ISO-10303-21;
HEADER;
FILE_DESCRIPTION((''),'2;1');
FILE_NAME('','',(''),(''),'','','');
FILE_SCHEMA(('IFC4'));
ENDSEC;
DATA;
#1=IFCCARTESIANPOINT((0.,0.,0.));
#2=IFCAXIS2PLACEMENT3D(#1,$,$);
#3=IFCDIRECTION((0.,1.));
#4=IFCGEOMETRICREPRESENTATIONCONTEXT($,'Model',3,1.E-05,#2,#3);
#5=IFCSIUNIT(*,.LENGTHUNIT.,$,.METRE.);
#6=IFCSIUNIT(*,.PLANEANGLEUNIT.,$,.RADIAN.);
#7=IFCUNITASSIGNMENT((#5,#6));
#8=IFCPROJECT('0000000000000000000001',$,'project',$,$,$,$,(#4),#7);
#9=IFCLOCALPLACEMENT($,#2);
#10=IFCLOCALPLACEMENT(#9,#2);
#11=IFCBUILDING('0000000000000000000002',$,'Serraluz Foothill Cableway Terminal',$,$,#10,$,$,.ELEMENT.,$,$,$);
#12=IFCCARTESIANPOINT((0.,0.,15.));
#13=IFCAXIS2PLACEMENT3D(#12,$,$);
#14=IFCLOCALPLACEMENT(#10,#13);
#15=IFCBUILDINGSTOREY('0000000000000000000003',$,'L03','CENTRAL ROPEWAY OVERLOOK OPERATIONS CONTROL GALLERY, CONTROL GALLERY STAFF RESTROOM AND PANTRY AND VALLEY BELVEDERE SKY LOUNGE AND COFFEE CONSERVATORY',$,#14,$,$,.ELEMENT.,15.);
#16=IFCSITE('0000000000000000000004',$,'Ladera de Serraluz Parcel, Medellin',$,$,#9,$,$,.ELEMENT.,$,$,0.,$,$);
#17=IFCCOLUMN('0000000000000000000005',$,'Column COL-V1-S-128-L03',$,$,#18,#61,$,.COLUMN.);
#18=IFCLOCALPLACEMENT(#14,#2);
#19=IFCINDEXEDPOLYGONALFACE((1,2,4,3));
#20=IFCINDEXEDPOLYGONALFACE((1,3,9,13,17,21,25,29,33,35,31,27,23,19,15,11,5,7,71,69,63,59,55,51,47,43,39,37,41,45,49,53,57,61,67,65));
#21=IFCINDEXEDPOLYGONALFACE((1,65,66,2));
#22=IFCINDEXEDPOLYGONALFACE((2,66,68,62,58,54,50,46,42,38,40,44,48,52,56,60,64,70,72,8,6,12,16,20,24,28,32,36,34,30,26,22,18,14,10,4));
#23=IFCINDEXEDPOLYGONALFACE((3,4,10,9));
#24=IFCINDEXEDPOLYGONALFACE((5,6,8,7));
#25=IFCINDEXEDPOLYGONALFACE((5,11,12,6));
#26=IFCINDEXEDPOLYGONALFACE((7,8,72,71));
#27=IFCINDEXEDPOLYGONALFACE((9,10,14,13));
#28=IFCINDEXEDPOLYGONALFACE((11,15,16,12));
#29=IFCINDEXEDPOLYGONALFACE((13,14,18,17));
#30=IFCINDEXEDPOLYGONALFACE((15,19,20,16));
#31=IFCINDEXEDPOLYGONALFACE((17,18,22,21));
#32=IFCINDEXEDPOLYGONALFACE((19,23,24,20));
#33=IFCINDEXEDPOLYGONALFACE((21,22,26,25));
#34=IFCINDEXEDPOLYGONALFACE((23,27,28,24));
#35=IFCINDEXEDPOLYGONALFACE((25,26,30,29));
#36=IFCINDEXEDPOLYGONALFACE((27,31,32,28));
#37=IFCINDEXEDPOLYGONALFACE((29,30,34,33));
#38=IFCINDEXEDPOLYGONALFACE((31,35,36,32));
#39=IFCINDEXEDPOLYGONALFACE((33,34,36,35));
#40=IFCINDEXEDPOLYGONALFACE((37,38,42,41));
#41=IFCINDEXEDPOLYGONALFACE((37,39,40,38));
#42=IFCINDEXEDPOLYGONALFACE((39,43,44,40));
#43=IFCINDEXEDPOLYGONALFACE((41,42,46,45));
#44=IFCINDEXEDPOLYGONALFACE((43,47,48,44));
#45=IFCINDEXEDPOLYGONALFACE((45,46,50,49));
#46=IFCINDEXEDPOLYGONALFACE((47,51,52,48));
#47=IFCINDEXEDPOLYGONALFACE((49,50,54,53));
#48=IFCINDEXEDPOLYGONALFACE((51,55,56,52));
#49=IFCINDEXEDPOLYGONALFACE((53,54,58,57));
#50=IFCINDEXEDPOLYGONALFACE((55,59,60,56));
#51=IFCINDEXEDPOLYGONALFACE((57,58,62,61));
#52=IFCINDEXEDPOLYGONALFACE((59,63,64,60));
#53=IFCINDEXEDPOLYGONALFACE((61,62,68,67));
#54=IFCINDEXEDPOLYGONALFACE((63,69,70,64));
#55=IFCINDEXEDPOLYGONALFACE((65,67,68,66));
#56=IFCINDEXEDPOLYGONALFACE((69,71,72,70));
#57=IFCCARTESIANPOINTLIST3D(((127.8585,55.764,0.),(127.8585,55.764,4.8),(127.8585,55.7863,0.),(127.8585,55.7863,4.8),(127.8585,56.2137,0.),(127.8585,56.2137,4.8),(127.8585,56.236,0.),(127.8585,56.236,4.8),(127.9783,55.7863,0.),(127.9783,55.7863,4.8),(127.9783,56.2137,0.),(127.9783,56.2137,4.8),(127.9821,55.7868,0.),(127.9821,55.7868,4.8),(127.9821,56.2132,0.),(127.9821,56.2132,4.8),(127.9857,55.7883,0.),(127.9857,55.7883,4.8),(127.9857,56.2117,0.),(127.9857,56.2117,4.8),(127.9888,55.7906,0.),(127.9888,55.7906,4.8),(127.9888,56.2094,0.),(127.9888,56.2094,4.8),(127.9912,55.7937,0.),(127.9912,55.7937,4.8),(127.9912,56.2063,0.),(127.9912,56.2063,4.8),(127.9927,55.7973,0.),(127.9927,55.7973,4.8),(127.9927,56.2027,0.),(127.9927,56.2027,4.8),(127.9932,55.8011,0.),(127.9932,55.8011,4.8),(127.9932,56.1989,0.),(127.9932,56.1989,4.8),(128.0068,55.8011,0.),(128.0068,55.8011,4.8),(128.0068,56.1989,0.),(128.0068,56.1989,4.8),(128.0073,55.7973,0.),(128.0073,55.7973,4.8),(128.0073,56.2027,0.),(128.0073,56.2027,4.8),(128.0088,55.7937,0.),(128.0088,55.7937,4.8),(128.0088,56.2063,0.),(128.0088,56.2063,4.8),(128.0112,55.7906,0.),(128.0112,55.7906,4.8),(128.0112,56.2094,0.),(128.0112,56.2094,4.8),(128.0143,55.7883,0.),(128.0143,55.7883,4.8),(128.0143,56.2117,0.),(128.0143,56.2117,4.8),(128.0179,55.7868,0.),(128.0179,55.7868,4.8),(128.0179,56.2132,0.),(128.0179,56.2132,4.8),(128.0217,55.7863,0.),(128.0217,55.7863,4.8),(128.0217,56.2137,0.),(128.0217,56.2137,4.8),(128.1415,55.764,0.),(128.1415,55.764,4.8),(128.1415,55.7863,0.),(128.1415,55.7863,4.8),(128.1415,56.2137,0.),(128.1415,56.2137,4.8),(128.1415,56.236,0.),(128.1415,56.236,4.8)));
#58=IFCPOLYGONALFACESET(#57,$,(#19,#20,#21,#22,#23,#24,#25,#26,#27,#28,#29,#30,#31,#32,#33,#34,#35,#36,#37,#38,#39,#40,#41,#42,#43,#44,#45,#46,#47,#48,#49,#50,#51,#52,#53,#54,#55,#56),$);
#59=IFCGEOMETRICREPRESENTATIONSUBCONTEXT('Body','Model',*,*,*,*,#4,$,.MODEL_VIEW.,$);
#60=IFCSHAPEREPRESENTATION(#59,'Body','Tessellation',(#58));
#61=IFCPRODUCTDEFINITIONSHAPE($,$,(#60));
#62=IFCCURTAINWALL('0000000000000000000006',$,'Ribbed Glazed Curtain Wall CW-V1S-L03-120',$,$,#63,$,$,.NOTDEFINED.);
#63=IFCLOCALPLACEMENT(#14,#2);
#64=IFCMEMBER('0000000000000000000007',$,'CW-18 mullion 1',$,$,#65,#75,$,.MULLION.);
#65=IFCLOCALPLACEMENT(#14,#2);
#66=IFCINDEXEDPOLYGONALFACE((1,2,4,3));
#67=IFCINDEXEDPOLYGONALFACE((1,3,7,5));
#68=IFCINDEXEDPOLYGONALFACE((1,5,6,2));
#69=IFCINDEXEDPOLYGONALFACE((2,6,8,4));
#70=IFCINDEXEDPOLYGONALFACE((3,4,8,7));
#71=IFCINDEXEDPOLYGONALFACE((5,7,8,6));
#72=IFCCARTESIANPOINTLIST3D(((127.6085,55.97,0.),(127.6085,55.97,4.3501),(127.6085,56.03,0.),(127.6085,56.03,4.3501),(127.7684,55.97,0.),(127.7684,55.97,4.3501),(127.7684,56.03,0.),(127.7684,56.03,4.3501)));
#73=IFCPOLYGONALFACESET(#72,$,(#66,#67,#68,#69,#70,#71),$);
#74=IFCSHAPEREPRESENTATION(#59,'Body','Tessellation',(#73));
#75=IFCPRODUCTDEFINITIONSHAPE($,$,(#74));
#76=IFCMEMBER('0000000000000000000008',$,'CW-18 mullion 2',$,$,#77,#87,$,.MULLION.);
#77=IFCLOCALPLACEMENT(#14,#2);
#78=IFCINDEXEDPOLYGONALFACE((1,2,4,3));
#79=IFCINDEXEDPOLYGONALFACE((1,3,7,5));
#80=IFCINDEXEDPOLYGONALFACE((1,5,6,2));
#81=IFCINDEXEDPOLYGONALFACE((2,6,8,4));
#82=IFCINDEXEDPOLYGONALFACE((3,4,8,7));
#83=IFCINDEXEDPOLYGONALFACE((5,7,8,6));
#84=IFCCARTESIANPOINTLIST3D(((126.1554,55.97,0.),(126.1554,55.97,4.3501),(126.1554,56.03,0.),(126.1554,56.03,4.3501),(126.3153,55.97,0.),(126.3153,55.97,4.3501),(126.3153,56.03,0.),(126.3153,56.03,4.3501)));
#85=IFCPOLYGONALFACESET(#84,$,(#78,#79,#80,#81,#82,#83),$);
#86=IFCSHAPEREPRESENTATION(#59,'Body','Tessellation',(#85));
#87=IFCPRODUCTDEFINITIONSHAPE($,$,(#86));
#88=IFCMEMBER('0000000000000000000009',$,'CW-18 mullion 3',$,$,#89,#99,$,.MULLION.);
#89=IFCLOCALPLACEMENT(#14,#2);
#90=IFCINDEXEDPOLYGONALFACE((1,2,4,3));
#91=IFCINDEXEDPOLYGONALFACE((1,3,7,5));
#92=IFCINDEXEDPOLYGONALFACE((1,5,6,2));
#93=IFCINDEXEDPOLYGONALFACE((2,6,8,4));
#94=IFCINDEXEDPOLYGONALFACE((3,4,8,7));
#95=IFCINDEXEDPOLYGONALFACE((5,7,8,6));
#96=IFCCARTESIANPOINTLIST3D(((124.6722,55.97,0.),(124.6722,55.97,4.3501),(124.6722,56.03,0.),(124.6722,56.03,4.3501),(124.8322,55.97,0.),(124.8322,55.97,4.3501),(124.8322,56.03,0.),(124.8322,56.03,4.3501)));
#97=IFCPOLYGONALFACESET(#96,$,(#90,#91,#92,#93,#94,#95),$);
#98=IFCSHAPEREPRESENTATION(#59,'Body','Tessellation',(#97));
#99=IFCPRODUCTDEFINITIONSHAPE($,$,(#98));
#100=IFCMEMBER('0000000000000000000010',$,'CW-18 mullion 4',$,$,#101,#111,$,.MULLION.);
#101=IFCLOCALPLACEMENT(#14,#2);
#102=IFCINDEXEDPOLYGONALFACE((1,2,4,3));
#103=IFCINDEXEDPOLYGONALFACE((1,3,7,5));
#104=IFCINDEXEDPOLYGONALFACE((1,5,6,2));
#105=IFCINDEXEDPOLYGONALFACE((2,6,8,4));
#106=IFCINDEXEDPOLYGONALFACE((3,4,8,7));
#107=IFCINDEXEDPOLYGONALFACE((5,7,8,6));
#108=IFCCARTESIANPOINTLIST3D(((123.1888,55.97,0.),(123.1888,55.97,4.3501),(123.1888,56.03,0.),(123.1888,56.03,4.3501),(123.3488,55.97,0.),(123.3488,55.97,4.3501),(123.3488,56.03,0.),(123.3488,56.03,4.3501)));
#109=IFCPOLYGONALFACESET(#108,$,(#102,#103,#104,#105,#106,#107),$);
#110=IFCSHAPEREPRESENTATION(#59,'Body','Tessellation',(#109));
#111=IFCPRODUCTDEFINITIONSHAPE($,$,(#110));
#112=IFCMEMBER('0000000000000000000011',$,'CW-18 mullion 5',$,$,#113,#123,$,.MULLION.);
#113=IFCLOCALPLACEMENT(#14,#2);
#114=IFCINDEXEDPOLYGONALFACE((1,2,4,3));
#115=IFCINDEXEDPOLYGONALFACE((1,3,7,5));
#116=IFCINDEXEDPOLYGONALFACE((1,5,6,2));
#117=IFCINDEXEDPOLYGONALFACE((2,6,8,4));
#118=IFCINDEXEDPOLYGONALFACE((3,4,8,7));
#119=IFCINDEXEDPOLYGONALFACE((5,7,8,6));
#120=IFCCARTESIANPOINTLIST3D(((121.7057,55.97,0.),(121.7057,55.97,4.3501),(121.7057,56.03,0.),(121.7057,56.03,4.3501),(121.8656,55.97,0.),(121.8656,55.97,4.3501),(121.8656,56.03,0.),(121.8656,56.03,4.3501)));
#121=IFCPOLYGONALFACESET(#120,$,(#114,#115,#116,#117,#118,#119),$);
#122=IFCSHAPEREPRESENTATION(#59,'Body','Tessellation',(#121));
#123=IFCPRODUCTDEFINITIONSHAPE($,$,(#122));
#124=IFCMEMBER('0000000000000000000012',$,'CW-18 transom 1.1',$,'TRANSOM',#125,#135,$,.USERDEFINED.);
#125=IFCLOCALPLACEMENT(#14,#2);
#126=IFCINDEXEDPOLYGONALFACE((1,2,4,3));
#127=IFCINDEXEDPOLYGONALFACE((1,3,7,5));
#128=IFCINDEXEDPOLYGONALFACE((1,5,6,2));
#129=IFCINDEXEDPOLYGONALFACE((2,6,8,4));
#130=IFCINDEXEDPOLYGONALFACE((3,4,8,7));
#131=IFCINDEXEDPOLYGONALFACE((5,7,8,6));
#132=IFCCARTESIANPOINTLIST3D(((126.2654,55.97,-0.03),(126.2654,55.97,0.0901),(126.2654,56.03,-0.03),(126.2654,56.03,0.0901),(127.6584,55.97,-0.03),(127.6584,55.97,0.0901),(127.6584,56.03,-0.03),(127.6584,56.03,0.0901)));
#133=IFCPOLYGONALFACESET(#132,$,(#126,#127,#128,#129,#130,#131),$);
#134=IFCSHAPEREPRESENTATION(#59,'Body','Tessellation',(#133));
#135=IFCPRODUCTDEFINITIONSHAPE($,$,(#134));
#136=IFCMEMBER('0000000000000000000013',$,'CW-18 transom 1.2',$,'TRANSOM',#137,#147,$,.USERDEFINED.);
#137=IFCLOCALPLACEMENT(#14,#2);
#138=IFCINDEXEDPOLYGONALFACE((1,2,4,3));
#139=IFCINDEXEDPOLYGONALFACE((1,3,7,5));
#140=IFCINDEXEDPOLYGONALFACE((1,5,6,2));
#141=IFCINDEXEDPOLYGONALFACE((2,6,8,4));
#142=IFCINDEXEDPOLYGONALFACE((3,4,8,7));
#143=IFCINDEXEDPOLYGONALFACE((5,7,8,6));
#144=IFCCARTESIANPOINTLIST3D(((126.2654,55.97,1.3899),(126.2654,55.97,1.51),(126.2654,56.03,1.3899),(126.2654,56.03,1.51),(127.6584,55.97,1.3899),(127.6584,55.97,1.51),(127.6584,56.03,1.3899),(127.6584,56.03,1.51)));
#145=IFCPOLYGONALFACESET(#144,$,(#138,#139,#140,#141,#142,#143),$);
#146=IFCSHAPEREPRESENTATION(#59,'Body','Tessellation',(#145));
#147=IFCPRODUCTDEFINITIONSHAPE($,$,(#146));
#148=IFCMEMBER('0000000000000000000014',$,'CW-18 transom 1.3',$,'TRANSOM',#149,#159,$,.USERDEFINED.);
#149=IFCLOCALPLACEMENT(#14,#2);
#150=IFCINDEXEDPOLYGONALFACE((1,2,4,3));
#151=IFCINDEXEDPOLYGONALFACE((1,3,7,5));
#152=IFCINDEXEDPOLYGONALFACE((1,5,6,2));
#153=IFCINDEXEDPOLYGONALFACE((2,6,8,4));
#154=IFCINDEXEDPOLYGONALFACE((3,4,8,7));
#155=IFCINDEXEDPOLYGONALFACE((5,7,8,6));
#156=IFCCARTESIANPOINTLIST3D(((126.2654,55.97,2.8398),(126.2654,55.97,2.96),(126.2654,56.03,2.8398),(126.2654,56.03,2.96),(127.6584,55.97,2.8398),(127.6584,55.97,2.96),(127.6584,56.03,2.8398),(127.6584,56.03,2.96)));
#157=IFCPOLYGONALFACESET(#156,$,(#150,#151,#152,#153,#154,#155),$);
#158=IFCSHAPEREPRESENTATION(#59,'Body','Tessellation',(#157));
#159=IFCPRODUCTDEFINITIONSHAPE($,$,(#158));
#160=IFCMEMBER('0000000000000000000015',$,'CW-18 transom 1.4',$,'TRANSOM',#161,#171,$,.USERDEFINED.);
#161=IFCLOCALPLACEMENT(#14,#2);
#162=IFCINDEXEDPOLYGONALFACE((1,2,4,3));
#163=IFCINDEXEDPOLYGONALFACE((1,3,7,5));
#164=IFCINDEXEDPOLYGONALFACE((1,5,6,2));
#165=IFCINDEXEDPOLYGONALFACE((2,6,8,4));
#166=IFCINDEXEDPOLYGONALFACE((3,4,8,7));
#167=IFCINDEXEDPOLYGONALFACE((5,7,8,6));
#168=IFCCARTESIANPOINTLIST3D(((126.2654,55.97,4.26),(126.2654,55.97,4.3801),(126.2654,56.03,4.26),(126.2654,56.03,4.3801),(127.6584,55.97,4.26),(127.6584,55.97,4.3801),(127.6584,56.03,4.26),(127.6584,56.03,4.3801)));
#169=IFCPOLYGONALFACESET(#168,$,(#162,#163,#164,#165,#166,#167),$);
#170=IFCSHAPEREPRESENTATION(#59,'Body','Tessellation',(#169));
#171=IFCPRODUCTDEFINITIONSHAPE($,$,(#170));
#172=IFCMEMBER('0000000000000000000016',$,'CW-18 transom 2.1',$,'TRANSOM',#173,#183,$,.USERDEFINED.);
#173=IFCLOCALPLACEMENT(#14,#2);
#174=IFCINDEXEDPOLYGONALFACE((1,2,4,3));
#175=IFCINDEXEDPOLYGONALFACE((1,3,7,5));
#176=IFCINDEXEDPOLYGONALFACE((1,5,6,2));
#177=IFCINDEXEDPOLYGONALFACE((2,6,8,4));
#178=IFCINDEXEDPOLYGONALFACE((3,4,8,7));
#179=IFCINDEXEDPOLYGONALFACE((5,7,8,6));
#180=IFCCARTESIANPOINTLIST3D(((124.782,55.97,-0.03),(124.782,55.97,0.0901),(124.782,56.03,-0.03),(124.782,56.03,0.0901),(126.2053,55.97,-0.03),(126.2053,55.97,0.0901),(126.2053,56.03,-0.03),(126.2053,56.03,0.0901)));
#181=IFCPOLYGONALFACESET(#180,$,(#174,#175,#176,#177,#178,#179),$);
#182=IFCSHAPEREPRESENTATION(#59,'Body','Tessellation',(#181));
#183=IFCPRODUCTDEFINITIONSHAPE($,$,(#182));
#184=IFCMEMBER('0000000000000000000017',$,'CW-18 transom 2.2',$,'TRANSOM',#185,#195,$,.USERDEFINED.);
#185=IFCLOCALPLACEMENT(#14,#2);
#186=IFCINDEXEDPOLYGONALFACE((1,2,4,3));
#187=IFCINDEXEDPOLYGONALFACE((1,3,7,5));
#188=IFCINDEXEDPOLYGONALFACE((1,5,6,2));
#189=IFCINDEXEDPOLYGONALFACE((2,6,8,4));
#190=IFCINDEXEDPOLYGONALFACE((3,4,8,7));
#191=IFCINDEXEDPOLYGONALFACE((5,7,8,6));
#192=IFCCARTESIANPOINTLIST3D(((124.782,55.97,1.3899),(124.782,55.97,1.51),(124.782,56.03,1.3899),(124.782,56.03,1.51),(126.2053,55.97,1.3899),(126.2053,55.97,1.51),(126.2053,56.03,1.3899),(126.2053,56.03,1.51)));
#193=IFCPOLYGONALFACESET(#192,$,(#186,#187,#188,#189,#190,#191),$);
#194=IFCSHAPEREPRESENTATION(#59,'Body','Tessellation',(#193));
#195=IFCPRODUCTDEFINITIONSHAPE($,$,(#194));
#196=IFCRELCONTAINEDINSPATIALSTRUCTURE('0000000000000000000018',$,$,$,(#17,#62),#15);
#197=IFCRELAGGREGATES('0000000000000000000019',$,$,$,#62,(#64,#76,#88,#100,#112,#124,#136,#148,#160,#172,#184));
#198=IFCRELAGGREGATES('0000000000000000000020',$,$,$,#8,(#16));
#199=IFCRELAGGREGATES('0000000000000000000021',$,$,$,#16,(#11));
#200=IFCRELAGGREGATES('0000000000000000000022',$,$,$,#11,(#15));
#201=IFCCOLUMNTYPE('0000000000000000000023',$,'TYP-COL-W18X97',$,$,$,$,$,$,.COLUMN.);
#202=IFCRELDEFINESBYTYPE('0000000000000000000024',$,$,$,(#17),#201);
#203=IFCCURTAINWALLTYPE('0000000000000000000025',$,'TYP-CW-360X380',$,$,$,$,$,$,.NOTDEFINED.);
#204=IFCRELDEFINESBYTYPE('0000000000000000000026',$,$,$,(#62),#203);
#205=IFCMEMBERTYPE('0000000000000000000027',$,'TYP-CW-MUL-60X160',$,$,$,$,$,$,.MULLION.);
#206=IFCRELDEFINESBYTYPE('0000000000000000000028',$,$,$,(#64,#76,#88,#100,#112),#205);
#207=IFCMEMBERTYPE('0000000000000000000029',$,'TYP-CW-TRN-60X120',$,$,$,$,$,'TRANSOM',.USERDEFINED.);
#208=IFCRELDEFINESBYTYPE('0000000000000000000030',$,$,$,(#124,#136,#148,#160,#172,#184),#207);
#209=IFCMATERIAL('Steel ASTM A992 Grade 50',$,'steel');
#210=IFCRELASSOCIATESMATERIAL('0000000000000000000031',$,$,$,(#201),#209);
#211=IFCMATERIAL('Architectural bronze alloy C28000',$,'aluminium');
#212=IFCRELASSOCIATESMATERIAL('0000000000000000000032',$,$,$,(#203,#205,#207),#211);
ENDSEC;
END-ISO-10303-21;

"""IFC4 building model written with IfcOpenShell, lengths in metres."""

from ifc_helpers import new_model, si_unit, direction, frame, origin, origin_2d, place, context, subcontext, project, spatial, rectangle, i_section, extrude, material, material_profile, profile_set, type_object, element, aggregate, save


model = new_model("IFC4")

# Units and contexts
model_context = context("Model", 3, precision=1e-05, world=origin(), true_north=direction((0.0, 1.0)))
body_context = subcontext(model_context, "Body", "Model", "MODEL_VIEW")
ifc_project = project(units=[si_unit("LENGTHUNIT", "METRE"), si_unit("PLANEANGLEUNIT", "RADIAN")], contexts=[model_context])

# Site, building, storey
site_placement = place(None, origin())
site = spatial("IfcSite", under=ifc_project, at=site_placement, Name="Ladera de Serraluz Parcel, Medellin", CompositionType="ELEMENT", RefElevation=0.0)
building_placement = place(site_placement, origin())
building = spatial("IfcBuilding", under=site, at=building_placement, Name="Serraluz Foothill Cableway Terminal", CompositionType="ELEMENT")
storey_placement = place(building_placement, frame((0.0, 0.0, 15.0)))
storey = spatial("IfcBuildingStorey", under=building, at=storey_placement, Name="L03", Description="CENTRAL ROPEWAY OVERLOOK OPERATIONS CONTROL GALLERY, CONTROL GALLERY STAFF RESTROOM AND PANTRY AND VALLEY BELVEDERE SKY LOUNGE AND COFFEE CONSERVATORY", CompositionType="ELEMENT", Elevation=15.0)

# Column
ifc_material_1 = material(Name="Steel ASTM A992 Grade 50", Category="steel")
ifc_material_profile_1 = material_profile(ifc_material_1, i_section(OverallWidth=0.283, OverallDepth=0.4719, WebThickness=0.0137, FlangeThickness=0.0222, FilletRadius=0.0149, at=origin_2d()), Name="W18X97")
ifc_profile_set_1 = profile_set([ifc_material_profile_1], Name="Steel ASTM A992 Grade 50")
column_type = type_object("IfcColumnType", Name="TYP-COL-W18X97", PredefinedType="COLUMN", material=ifc_profile_set_1)
column_placement = place(storey_placement, frame((128.0, 56.0, 0.0), z_axis=(0.0, 0.0, 1.0), x_axis=(1.0, 0.0, 0.0)))
element("IfcColumn", 1, at=column_placement, inside=storey, type_object=column_type, Name="Column COL-V1-S-128-L03", PredefinedType="COLUMN", context=body_context, shape_type="SweptSolid", body=[
    extrude(i_section(OverallWidth=0.283, OverallDepth=0.4719, WebThickness=0.0137, FlangeThickness=0.0222, FilletRadius=0.0149, at=origin_2d()), origin(), (0.0, 0.0, 1.0), 4.8),
])

# Curtain wall, members
ifc_material_2 = material(Name="Architectural bronze alloy C28000", Category="aluminium")
curtain_wall_type = type_object("IfcCurtainWallType", Name="TYP-CW-360X380", PredefinedType="NOTDEFINED", material=ifc_material_2)
curtain_wall_placement = place(storey_placement, origin())
curtain_wall = element("IfcCurtainWall", 2, at=curtain_wall_placement, inside=storey, type_object=curtain_wall_type, Name="Ribbed Glazed Curtain Wall CW-V1S-L03-120", PredefinedType="NOTDEFINED")
ifc_material_profile_2 = material_profile(ifc_material_2, rectangle(XDim=0.0601, YDim=0.1599, at=origin_2d()), Name="ALU MULLION 60x160")
ifc_profile_set_2 = profile_set([ifc_material_profile_2], Name="Architectural bronze alloy C28000")
member_type_1 = type_object("IfcMemberType", Name="TYP-CW-MUL-60X160", PredefinedType="MULLION", material=ifc_profile_set_2)
member_1_placement = place(storey_placement, frame((127.6885, 56.0, 0.0), z_axis=(0.0, 0.0, 1.0), x_axis=(0.0, -1.0, 0.0)))
member_1 = element("IfcMember", 3, at=member_1_placement, type_object=member_type_1, Name="CW-18 mullion 1", PredefinedType="MULLION", context=body_context, shape_type="SweptSolid", body=[
    extrude(rectangle(XDim=0.0601, YDim=0.1599, at=origin_2d()), origin(), (0.0, 0.0, 1.0), 4.3501),
])
member_2_placement = place(storey_placement, frame((126.2354, 56.0, 0.0), z_axis=(0.0, 0.0, 1.0), x_axis=(0.0, -1.0, 0.0)))
member_2 = element("IfcMember", 4, at=member_2_placement, type_object=member_type_1, Name="CW-18 mullion 2", PredefinedType="MULLION", context=body_context, shape_type="SweptSolid", body=[
    extrude(rectangle(XDim=0.0601, YDim=0.1599, at=origin_2d()), origin(), (0.0, 0.0, 1.0), 4.3501),
])
member_3_placement = place(storey_placement, frame((124.7522, 56.0, 0.0), z_axis=(0.0, 0.0, 1.0), x_axis=(0.0, -1.0, 0.0)))
member_3 = element("IfcMember", 5, at=member_3_placement, type_object=member_type_1, Name="CW-18 mullion 3", PredefinedType="MULLION", context=body_context, shape_type="SweptSolid", body=[
    extrude(rectangle(XDim=0.0601, YDim=0.1599, at=origin_2d()), origin(), (0.0, 0.0, 1.0), 4.3501),
])
member_4_placement = place(storey_placement, frame((123.2688, 56.0, 0.0), z_axis=(0.0, 0.0, 1.0), x_axis=(0.0, -1.0, 0.0)))
member_4 = element("IfcMember", 6, at=member_4_placement, type_object=member_type_1, Name="CW-18 mullion 4", PredefinedType="MULLION", context=body_context, shape_type="SweptSolid", body=[
    extrude(rectangle(XDim=0.0601, YDim=0.1599, at=origin_2d()), origin(), (0.0, 0.0, 1.0), 4.3501),
])
member_5_placement = place(storey_placement, frame((121.7856, 56.0, 0.0), z_axis=(0.0, 0.0, 1.0), x_axis=(0.0, -1.0, 0.0)))
member_5 = element("IfcMember", 7, at=member_5_placement, type_object=member_type_1, Name="CW-18 mullion 5", PredefinedType="MULLION", context=body_context, shape_type="SweptSolid", body=[
    extrude(rectangle(XDim=0.0601, YDim=0.1599, at=origin_2d()), origin(), (0.0, 0.0, 1.0), 4.3501),
])
ifc_material_profile_3 = material_profile(ifc_material_2, rectangle(XDim=0.0601, YDim=0.1201, at=origin_2d()), Name="ALU TRANSOM 60x120")
ifc_profile_set_3 = profile_set([ifc_material_profile_3], Name="Architectural bronze alloy C28000")
member_type_2 = type_object("IfcMemberType", Name="TYP-CW-TRN-60X120", ElementType="TRANSOM", PredefinedType="USERDEFINED", material=ifc_profile_set_3)
member_6_placement = place(storey_placement, frame((127.6584, 56.0, 0.03), z_axis=(-1.0, 0.0, 0.0), x_axis=(0.0, -1.0, 0.0)))
member_6 = element("IfcMember", 8, at=member_6_placement, type_object=member_type_2, Name="CW-18 transom 1.1", ObjectType="TRANSOM", PredefinedType="USERDEFINED", context=body_context, shape_type="SweptSolid", body=[
    extrude(rectangle(XDim=0.0601, YDim=0.1201, at=origin_2d()), origin(), (0.0, 0.0, 1.0), 1.3931),
])
member_7_placement = place(storey_placement, frame((127.6584, 56.0, 1.45), z_axis=(-1.0, 0.0, 0.0), x_axis=(0.0, -1.0, 0.0)))
member_7 = element("IfcMember", 9, at=member_7_placement, type_object=member_type_2, Name="CW-18 transom 1.2", ObjectType="TRANSOM", PredefinedType="USERDEFINED", context=body_context, shape_type="SweptSolid", body=[
    extrude(rectangle(XDim=0.0601, YDim=0.1201, at=origin_2d()), origin(), (0.0, 0.0, 1.0), 1.3931),
])
member_8_placement = place(storey_placement, frame((127.6584, 56.0, 2.8999), z_axis=(-1.0, 0.0, 0.0), x_axis=(0.0, -1.0, 0.0)))
member_8 = element("IfcMember", 10, at=member_8_placement, type_object=member_type_2, Name="CW-18 transom 1.3", ObjectType="TRANSOM", PredefinedType="USERDEFINED", context=body_context, shape_type="SweptSolid", body=[
    extrude(rectangle(XDim=0.0601, YDim=0.1201, at=origin_2d()), origin(), (0.0, 0.0, 1.0), 1.3931),
])
member_9_placement = place(storey_placement, frame((127.6584, 56.0, 4.3201), z_axis=(-1.0, 0.0, 0.0), x_axis=(0.0, -1.0, 0.0)))
member_9 = element("IfcMember", 11, at=member_9_placement, type_object=member_type_2, Name="CW-18 transom 1.4", ObjectType="TRANSOM", PredefinedType="USERDEFINED", context=body_context, shape_type="SweptSolid", body=[
    extrude(rectangle(XDim=0.0601, YDim=0.1201, at=origin_2d()), origin(), (0.0, 0.0, 1.0), 1.3931),
])
member_10_placement = place(storey_placement, frame((126.2053, 56.0, 0.03), z_axis=(-1.0, 0.0, 0.0), x_axis=(0.0, -1.0, 0.0)))
member_10 = element("IfcMember", 12, at=member_10_placement, type_object=member_type_2, Name="CW-18 transom 2.1", ObjectType="TRANSOM", PredefinedType="USERDEFINED", context=body_context, shape_type="SweptSolid", body=[
    extrude(rectangle(XDim=0.0601, YDim=0.1201, at=origin_2d()), origin(), (0.0, 0.0, 1.0), 1.4233),
])
member_11_placement = place(storey_placement, frame((126.2053, 56.0, 1.45), z_axis=(-1.0, 0.0, 0.0), x_axis=(0.0, -1.0, 0.0)))
member_11 = element("IfcMember", 13, at=member_11_placement, type_object=member_type_2, Name="CW-18 transom 2.2", ObjectType="TRANSOM", PredefinedType="USERDEFINED", context=body_context, shape_type="SweptSolid", body=[
    extrude(rectangle(XDim=0.0601, YDim=0.1201, at=origin_2d()), origin(), (0.0, 0.0, 1.0), 1.4233),
])

aggregate(curtain_wall, [member_1, member_2, member_3, member_4, member_5, member_6, member_7, member_8, member_9, member_10, member_11])

save(model, "model.ifc")
